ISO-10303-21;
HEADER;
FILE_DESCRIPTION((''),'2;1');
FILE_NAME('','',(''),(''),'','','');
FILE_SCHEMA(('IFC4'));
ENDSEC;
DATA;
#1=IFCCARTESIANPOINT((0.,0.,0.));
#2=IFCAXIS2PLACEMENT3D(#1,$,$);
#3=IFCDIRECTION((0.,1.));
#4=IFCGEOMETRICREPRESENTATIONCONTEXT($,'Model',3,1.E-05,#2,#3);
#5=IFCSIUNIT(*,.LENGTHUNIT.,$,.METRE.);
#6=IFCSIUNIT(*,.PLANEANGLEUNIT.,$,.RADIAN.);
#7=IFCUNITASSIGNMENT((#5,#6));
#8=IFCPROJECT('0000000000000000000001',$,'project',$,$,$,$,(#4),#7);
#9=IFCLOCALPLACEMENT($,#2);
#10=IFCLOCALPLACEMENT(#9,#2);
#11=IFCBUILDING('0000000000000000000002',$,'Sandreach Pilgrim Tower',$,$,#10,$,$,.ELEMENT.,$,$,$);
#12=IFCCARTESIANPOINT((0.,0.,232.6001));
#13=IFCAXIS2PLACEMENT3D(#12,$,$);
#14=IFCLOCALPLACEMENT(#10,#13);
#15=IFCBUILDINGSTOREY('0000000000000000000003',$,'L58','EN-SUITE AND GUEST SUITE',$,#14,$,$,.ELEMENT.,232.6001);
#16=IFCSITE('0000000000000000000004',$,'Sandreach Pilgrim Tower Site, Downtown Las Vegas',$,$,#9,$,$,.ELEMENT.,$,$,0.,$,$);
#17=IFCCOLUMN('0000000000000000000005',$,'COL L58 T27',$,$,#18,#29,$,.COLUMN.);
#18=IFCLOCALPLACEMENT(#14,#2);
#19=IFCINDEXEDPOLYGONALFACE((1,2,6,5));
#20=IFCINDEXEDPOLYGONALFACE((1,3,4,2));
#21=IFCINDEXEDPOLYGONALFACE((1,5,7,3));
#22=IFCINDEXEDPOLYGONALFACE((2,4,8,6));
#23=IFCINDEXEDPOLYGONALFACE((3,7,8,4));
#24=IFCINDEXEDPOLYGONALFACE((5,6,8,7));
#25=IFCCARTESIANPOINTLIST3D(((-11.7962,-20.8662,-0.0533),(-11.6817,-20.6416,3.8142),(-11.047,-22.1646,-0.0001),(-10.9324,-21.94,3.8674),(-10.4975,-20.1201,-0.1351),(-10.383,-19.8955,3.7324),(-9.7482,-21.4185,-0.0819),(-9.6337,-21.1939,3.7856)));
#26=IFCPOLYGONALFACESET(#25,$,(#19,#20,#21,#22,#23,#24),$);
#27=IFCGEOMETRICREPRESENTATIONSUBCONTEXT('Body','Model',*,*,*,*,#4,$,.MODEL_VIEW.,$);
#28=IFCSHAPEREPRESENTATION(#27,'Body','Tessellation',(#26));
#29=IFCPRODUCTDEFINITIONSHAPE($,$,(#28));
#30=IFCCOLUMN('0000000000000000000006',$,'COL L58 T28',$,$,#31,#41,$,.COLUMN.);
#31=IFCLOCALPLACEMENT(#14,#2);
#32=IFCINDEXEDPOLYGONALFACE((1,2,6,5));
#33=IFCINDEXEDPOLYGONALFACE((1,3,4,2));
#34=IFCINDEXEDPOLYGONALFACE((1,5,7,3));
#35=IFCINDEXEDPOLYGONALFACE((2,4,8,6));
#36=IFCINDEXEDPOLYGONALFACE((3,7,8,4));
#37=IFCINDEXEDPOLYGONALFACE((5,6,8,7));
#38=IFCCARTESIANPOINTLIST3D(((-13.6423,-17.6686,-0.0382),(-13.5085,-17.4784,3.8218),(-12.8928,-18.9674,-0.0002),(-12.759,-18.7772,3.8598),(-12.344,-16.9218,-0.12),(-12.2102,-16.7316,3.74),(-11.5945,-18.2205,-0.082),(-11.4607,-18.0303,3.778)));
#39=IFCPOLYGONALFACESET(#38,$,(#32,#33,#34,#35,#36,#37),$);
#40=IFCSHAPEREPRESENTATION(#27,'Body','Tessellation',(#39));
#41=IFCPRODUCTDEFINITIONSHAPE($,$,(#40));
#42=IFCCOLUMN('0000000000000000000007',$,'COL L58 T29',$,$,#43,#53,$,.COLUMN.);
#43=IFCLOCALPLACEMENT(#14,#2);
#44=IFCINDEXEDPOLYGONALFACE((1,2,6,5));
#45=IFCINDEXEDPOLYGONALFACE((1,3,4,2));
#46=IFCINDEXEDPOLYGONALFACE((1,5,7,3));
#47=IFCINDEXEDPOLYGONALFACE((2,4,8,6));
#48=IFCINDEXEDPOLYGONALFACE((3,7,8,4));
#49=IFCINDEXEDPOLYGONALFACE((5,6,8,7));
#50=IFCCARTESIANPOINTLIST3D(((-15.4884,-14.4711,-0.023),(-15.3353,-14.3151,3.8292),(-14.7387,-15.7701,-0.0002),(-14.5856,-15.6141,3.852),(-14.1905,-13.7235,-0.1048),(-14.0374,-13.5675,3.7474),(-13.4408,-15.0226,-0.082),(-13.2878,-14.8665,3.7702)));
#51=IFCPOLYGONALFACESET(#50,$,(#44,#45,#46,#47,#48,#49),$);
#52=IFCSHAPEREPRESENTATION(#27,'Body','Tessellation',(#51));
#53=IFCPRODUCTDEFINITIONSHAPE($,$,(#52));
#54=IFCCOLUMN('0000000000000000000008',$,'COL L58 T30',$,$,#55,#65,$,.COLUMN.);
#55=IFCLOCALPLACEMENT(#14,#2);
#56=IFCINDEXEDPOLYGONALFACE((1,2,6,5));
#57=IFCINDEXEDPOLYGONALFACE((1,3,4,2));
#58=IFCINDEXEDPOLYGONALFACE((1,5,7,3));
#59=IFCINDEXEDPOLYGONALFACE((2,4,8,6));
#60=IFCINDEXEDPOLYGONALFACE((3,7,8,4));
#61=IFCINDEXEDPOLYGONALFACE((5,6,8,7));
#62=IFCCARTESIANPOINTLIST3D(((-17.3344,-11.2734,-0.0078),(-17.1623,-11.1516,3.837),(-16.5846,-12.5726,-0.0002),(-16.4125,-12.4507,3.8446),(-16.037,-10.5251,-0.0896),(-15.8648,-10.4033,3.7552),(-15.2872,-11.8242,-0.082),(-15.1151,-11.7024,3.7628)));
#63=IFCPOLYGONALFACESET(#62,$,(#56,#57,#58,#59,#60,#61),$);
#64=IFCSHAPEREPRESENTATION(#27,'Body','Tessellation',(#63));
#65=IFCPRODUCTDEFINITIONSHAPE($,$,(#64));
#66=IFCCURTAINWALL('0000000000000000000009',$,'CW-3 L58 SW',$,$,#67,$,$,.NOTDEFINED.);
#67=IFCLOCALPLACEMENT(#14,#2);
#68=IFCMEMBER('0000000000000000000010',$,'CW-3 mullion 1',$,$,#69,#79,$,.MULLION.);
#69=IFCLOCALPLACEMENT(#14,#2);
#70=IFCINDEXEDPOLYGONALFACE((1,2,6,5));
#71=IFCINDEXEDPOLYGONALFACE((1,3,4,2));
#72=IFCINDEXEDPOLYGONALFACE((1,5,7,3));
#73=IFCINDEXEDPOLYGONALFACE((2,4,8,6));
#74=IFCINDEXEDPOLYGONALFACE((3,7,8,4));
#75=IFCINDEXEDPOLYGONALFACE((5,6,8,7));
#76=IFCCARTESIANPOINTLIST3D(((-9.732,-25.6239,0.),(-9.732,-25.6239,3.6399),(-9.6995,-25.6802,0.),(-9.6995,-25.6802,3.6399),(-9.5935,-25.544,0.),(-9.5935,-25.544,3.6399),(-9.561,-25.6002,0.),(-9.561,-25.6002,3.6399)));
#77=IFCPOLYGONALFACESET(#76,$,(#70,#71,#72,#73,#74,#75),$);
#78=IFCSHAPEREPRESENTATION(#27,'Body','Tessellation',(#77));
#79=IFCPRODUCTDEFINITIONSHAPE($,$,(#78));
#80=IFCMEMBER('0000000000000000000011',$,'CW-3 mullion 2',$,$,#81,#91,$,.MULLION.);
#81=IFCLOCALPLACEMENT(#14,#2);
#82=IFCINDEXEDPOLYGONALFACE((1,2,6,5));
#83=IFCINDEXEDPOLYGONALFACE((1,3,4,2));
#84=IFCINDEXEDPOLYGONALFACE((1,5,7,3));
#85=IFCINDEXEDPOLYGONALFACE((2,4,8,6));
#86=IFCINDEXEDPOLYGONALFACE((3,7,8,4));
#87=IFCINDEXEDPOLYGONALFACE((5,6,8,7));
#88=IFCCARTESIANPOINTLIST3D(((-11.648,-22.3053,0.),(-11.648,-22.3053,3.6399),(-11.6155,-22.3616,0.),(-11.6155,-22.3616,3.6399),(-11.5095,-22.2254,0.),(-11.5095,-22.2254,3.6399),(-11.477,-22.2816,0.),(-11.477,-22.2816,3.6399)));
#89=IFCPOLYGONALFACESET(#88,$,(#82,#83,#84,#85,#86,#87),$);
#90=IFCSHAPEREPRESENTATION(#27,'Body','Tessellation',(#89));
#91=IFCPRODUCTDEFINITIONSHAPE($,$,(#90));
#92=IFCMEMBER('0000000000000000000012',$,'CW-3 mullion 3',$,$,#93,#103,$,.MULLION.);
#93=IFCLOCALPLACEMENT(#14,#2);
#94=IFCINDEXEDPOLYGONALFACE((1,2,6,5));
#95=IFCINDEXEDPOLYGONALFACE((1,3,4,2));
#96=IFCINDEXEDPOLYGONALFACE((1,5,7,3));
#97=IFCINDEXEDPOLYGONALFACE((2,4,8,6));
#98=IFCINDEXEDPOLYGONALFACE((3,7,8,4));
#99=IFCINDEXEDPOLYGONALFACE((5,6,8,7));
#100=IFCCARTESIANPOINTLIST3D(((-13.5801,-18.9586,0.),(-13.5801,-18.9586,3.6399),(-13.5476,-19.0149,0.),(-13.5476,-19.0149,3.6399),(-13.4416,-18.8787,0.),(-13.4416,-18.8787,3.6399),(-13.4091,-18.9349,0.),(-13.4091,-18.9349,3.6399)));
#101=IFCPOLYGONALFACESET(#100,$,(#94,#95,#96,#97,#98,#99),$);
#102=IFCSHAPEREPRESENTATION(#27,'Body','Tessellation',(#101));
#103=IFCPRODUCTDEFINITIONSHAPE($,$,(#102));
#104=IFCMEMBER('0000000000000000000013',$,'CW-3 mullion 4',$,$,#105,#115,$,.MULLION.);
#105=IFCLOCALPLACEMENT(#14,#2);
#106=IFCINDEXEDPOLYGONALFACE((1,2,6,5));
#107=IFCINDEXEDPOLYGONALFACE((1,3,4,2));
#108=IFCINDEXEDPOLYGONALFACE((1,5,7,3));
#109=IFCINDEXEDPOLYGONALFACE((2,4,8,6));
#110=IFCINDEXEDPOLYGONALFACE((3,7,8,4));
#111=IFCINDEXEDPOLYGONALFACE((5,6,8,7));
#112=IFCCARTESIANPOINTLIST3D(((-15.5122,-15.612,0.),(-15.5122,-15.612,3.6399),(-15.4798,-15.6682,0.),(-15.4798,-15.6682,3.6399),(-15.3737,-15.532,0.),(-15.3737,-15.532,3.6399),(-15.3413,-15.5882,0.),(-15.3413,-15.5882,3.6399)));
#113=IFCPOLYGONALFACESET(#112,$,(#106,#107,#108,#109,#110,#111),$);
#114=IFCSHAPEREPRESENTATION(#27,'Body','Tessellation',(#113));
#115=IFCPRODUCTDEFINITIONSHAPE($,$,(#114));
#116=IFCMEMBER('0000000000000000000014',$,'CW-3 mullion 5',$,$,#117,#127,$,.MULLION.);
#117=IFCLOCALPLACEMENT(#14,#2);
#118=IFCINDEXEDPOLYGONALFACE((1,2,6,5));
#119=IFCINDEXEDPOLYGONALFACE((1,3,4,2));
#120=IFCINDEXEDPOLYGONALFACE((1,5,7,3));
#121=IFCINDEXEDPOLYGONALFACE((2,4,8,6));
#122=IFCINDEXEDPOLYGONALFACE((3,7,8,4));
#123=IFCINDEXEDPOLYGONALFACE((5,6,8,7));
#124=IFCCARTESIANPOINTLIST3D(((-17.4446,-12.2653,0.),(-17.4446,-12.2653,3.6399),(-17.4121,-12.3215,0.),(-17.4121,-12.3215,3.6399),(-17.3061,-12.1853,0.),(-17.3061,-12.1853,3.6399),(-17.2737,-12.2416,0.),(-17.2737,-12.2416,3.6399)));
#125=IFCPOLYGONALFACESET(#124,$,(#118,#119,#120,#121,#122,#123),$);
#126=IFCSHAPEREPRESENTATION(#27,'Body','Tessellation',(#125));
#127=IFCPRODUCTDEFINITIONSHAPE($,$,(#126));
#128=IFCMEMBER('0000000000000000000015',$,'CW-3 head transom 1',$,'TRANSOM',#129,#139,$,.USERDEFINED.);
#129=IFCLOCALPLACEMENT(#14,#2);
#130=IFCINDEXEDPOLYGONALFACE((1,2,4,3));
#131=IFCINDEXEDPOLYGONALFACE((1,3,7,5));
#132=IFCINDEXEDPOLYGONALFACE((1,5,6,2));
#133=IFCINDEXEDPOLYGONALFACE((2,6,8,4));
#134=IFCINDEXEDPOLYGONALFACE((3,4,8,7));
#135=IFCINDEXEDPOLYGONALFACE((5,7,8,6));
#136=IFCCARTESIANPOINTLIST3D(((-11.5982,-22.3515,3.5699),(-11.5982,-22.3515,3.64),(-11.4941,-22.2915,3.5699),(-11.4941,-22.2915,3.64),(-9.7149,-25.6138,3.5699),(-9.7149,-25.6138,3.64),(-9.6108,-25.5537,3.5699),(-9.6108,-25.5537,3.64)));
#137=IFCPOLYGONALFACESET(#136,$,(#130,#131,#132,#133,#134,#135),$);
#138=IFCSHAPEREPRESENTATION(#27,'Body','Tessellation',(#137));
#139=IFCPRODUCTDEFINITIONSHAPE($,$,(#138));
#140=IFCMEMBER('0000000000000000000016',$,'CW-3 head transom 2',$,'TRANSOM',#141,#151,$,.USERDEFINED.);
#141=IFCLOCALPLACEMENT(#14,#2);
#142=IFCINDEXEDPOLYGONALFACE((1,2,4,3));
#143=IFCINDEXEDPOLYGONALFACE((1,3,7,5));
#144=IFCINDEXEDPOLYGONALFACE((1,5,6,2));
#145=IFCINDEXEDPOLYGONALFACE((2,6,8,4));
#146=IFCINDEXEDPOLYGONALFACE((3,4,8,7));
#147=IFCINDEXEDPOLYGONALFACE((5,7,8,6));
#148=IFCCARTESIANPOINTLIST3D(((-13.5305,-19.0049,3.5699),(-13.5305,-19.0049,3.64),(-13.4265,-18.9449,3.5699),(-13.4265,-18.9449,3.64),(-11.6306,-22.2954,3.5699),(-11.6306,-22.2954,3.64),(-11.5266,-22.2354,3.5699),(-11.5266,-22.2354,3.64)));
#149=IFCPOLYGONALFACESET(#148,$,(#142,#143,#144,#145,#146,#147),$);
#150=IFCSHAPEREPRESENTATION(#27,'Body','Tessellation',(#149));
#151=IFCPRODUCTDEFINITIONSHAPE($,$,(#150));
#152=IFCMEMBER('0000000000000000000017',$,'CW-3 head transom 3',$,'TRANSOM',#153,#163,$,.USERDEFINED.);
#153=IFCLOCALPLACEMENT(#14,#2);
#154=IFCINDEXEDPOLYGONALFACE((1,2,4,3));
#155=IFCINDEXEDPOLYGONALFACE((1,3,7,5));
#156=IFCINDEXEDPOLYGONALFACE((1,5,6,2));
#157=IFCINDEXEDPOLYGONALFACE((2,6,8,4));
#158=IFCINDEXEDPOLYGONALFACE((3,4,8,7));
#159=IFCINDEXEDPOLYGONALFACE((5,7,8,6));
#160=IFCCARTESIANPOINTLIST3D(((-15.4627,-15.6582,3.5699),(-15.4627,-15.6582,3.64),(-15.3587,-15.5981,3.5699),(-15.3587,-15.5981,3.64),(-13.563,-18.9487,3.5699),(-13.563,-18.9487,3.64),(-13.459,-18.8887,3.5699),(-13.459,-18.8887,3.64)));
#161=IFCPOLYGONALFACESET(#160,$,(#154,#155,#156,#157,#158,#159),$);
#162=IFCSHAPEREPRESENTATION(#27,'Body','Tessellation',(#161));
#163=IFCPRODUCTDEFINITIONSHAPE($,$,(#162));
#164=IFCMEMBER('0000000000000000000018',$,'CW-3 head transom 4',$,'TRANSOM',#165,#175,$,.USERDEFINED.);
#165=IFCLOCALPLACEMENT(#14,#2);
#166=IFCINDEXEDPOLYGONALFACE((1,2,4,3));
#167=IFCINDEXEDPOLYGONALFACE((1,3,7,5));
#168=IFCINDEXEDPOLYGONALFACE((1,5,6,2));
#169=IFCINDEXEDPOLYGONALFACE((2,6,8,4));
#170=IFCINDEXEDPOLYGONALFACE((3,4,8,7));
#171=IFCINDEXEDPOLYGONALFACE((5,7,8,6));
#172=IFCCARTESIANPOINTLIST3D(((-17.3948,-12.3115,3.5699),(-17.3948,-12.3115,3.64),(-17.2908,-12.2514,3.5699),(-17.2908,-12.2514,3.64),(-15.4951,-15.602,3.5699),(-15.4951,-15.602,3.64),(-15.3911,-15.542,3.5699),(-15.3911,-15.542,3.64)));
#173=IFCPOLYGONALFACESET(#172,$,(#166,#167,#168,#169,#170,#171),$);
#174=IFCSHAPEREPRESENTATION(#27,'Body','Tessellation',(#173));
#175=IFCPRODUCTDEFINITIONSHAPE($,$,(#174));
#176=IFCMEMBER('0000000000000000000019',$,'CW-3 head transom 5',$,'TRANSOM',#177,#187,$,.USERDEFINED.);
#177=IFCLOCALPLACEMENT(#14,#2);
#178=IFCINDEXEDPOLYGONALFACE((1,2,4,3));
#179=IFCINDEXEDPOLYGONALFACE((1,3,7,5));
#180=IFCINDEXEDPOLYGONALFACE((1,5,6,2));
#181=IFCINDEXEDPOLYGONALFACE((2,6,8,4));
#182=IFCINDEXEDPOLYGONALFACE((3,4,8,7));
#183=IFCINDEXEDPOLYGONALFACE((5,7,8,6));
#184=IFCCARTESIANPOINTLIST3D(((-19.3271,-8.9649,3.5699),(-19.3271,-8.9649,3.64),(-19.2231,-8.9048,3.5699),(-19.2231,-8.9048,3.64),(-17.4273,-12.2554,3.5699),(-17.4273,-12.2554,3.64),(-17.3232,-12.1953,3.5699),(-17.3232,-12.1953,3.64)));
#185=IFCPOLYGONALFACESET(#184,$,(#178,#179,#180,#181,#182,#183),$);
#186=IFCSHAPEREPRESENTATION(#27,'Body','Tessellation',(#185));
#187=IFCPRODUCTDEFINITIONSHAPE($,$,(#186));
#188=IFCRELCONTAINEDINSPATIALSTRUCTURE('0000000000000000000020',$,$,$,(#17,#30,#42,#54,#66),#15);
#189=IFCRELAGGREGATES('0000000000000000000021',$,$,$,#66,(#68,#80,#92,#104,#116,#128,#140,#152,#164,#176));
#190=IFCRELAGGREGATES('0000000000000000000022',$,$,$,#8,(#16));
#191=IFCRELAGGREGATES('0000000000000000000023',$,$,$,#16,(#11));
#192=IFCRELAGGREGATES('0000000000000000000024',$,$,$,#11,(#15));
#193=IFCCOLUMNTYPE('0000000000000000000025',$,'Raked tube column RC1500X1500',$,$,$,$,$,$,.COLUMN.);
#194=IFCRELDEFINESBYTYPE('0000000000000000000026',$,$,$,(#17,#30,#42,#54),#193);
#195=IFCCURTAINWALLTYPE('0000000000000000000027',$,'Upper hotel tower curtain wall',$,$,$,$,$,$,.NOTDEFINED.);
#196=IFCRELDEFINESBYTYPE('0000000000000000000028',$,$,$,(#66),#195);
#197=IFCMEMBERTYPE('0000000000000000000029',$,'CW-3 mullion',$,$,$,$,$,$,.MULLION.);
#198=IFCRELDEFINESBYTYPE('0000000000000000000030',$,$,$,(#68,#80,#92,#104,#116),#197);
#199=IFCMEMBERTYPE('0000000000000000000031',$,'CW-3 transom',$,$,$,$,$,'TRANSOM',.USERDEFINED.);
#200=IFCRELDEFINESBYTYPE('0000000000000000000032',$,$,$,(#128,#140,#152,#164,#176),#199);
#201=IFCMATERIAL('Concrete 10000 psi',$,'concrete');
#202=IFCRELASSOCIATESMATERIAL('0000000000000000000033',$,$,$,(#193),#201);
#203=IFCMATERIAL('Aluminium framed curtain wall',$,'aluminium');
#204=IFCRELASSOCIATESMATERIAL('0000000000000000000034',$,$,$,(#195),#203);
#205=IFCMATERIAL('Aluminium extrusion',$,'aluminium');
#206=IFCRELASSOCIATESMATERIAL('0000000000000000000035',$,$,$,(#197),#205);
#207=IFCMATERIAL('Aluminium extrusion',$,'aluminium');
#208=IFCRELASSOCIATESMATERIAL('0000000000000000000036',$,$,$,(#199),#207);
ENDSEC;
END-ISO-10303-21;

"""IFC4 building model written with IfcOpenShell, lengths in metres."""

from ifc_helpers import new_model, si_unit, direction, frame, origin, origin_2d, place, context, subcontext, project, spatial, rectangle, extrude, material, material_profile, profile_set, type_object, element, aggregate, save


model = new_model("IFC4")

# Units and contexts
model_context = context("Model", 3, precision=1e-05, world=origin(), true_north=direction((0.0, 1.0)))
body_context = subcontext(model_context, "Body", "Model", "MODEL_VIEW")
ifc_project = project(units=[si_unit("LENGTHUNIT", "METRE"), si_unit("PLANEANGLEUNIT", "RADIAN")], contexts=[model_context])

# Site, building, storey
site_placement = place(None, origin())
site = spatial("IfcSite", under=ifc_project, at=site_placement, Name="Sandreach Pilgrim Tower Site, Downtown Las Vegas", CompositionType="ELEMENT", RefElevation=0.0)
building_placement = place(site_placement, origin())
building = spatial("IfcBuilding", under=site, at=building_placement, Name="Sandreach Pilgrim Tower", CompositionType="ELEMENT")
storey_placement = place(building_placement, frame((0.0, 0.0, 232.6001)))
storey = spatial("IfcBuildingStorey", under=building, at=storey_placement, Name="L58", Description="EN-SUITE AND GUEST SUITE", CompositionType="ELEMENT", Elevation=232.6001)

# Columns
ifc_material_1 = material(Name="Concrete 10000 psi", Category="concrete")
ifc_material_profile_1 = material_profile(ifc_material_1, rectangle(XDim=1.5, YDim=1.5, at=origin_2d()), Name="RC1500X1500")
ifc_profile_set_1 = profile_set([ifc_material_profile_1], Name="Concrete 10000 psi")
column_type = type_object("IfcColumnType", Name="Raked tube column RC1500X1500", PredefinedType="COLUMN", material=ifc_profile_set_1)
column_1_placement = place(storey_placement, frame((-10.7722, -21.1423, -0.0676), z_axis=(0.029544, 0.057954, 0.997882), x_axis=(-0.865813, -0.497389, 0.054521)))
element("IfcColumn", 1, at=column_1_placement, inside=storey, type_object=column_type, Name="COL L58 T27", PredefinedType="COLUMN", context=body_context, shape_type="SweptSolid", body=[
    extrude(rectangle(XDim=1.5, YDim=1.5, at=origin_2d()), origin(), (0.0, 0.0, 1.0), 3.8757),
])
column_2_placement = place(storey_placement, frame((-12.6184, -17.9446, -0.0601), z_axis=(0.034599, 0.049183, 0.99819), x_axis=(-0.86552, -0.497897, 0.054533)))
element("IfcColumn", 2, at=column_2_placement, inside=storey, type_object=column_type, Name="COL L58 T28", PredefinedType="COLUMN", context=body_context, shape_type="SweptSolid", body=[
    extrude(rectangle(XDim=1.5, YDim=1.5, at=origin_2d()), origin(), (0.0, 0.0, 1.0), 3.8669),
])
column_3_placement = place(storey_placement, frame((-14.4646, -14.7468, -0.0525), z_axis=(0.039673, 0.040432, 0.998394), x_axis=(-0.865239, -0.498381, 0.054564)))
element("IfcColumn", 3, at=column_3_placement, inside=storey, type_object=column_type, Name="COL L58 T29", PredefinedType="COLUMN", context=body_context, shape_type="SweptSolid", body=[
    extrude(rectangle(XDim=1.5, YDim=1.5, at=origin_2d()), origin(), (0.0, 0.0, 1.0), 3.8584),
])
column_4_placement = place(storey_placement, frame((-16.3108, -11.5488, -0.0449), z_axis=(0.0447, 0.031639, 0.998499), x_axis=(-0.864958, -0.498872, 0.05453)))
element("IfcColumn", 4, at=column_4_placement, inside=storey, type_object=column_type, Name="COL L58 T30", PredefinedType="COLUMN", context=body_context, shape_type="SweptSolid", body=[
    extrude(rectangle(XDim=1.5, YDim=1.5, at=origin_2d()), origin(), (0.0, 0.0, 1.0), 3.8506),
])

# Curtain wall, members
ifc_material_2 = material(Name="Aluminium framed curtain wall", Category="aluminium")
curtain_wall_type = type_object("IfcCurtainWallType", Name="Upper hotel tower curtain wall", PredefinedType="NOTDEFINED", material=ifc_material_2)
curtain_wall_placement = place(storey_placement, origin())
curtain_wall = element("IfcCurtainWall", 5, at=curtain_wall_placement, inside=storey, type_object=curtain_wall_type, Name="CW-3 L58 SW", PredefinedType="NOTDEFINED")
ifc_material_3 = material(Name="Aluminium extrusion", Category="aluminium")
ifc_material_profile_2 = material_profile(ifc_material_3, rectangle(XDim=0.0649, YDim=0.1599, at=origin_2d()), Name="CW-3M 65X160")
ifc_profile_set_2 = profile_set([ifc_material_profile_2], Name="Aluminium extrusion")
member_type_1 = type_object("IfcMemberType", Name="CW-3 mullion", PredefinedType="MULLION", material=ifc_profile_set_2)
member_1_placement = place(storey_placement, frame((-9.6465, -25.6121, 0.0), z_axis=(0.0, 0.0, 1.0), x_axis=(-0.5, 0.866025, 0.0)))
member_1 = element("IfcMember", 6, at=member_1_placement, type_object=member_type_1, Name="CW-3 mullion 1", PredefinedType="MULLION", context=body_context, shape_type="SweptSolid", body=[
    extrude(rectangle(XDim=0.0649, YDim=0.1599, at=origin_2d()), origin(), (0.0, 0.0, 1.0), 3.6399),
])
member_2_placement = place(storey_placement, frame((-11.5625, -22.2935, 0.0), z_axis=(0.0, 0.0, 1.0), x_axis=(-0.5, 0.866025, 0.0)))
member_2 = element("IfcMember", 7, at=member_2_placement, type_object=member_type_1, Name="CW-3 mullion 2", PredefinedType="MULLION", context=body_context, shape_type="SweptSolid", body=[
    extrude(rectangle(XDim=0.0649, YDim=0.1599, at=origin_2d()), origin(), (0.0, 0.0, 1.0), 3.6399),
])
member_3_placement = place(storey_placement, frame((-13.4946, -18.9468, 0.0), z_axis=(0.0, 0.0, 1.0), x_axis=(-0.5, 0.866025, 0.0)))
member_3 = element("IfcMember", 8, at=member_3_placement, type_object=member_type_1, Name="CW-3 mullion 3", PredefinedType="MULLION", context=body_context, shape_type="SweptSolid", body=[
    extrude(rectangle(XDim=0.0649, YDim=0.1599, at=origin_2d()), origin(), (0.0, 0.0, 1.0), 3.6399),
])
member_4_placement = place(storey_placement, frame((-15.4268, -15.6001, 0.0), z_axis=(0.0, 0.0, 1.0), x_axis=(-0.5, 0.866025, 0.0)))
member_4 = element("IfcMember", 9, at=member_4_placement, type_object=member_type_1, Name="CW-3 mullion 4", PredefinedType="MULLION", context=body_context, shape_type="SweptSolid", body=[
    extrude(rectangle(XDim=0.0649, YDim=0.1599, at=origin_2d()), origin(), (0.0, 0.0, 1.0), 3.6399),
])
member_5_placement = place(storey_placement, frame((-17.3591, -12.2534, 0.0), z_axis=(0.0, 0.0, 1.0), x_axis=(-0.5, 0.866025, 0.0)))
member_5 = element("IfcMember", 10, at=member_5_placement, type_object=member_type_1, Name="CW-3 mullion 5", PredefinedType="MULLION", context=body_context, shape_type="SweptSolid", body=[
    extrude(rectangle(XDim=0.0649, YDim=0.1599, at=origin_2d()), origin(), (0.0, 0.0, 1.0), 3.6399),
])
ifc_material_4 = material(Name="Aluminium extrusion", Category="aluminium")
ifc_material_profile_3 = material_profile(ifc_material_4, rectangle(XDim=0.1201, YDim=0.0701, at=origin_2d()), Name="CW-3T 120X70")
ifc_profile_set_3 = profile_set([ifc_material_profile_3], Name="Aluminium extrusion")
member_type_2 = type_object("IfcMemberType", Name="CW-3 transom", ElementType="TRANSOM", PredefinedType="USERDEFINED", material=ifc_profile_set_3)
member_6_placement = place(storey_placement, frame((-9.6628, -25.5837, 3.605), z_axis=(-0.499973, 0.866041, 0.0), x_axis=(-0.866041, -0.499973, 0.0)))
member_6 = element("IfcMember", 11, at=member_6_placement, type_object=member_type_2, Name="CW-3 head transom 1", ObjectType="TRANSOM", PredefinedType="USERDEFINED", context=body_context, shape_type="SweptSolid", body=[
    extrude(rectangle(XDim=0.1201, YDim=0.0701, at=origin_2d()), origin(), (0.0, 0.0, 1.0), 3.7668),
])
member_7_placement = place(storey_placement, frame((-11.5786, -22.2654, 3.605), z_axis=(-0.500023, 0.866012, 0.0), x_axis=(-0.866012, -0.500023, 0.0)))
member_7 = element("IfcMember", 12, at=member_7_placement, type_object=member_type_2, Name="CW-3 head transom 2", ObjectType="TRANSOM", PredefinedType="USERDEFINED", context=body_context, shape_type="SweptSolid", body=[
    extrude(rectangle(XDim=0.1201, YDim=0.0701, at=origin_2d()), origin(), (0.0, 0.0, 1.0), 3.7996),
])
member_8_placement = place(storey_placement, frame((-13.511, -18.9187, 3.605), z_axis=(-0.499975, 0.86604, 0.0), x_axis=(-0.86604, -0.499975, 0.0)))
member_8 = element("IfcMember", 13, at=member_8_placement, type_object=member_type_2, Name="CW-3 head transom 3", ObjectType="TRANSOM", PredefinedType="USERDEFINED", context=body_context, shape_type="SweptSolid", body=[
    extrude(rectangle(XDim=0.1201, YDim=0.0701, at=origin_2d()), origin(), (0.0, 0.0, 1.0), 3.7996),
])
member_9_placement = place(storey_placement, frame((-15.4431, -15.572, 3.605), z_axis=(-0.499975, 0.86604, 0.0), x_axis=(-0.86604, -0.499975, 0.0)))
member_9 = element("IfcMember", 14, at=member_9_placement, type_object=member_type_2, Name="CW-3 head transom 4", ObjectType="TRANSOM", PredefinedType="USERDEFINED", context=body_context, shape_type="SweptSolid", body=[
    extrude(rectangle(XDim=0.1201, YDim=0.0701, at=origin_2d()), origin(), (0.0, 0.0, 1.0), 3.7996),
])
member_10_placement = place(storey_placement, frame((-17.3752, -12.2253, 3.605), z_axis=(-0.500023, 0.866012, 0.0), x_axis=(-0.866012, -0.500023, 0.0)))
member_10 = element("IfcMember", 15, at=member_10_placement, type_object=member_type_2, Name="CW-3 head transom 5", ObjectType="TRANSOM", PredefinedType="USERDEFINED", context=body_context, shape_type="SweptSolid", body=[
    extrude(rectangle(XDim=0.1201, YDim=0.0701, at=origin_2d()), origin(), (0.0, 0.0, 1.0), 3.7996),
])

aggregate(curtain_wall, [member_1, member_2, member_3, member_4, member_5, member_6, member_7, member_8, member_9, member_10])

save(model, "model.ifc")
